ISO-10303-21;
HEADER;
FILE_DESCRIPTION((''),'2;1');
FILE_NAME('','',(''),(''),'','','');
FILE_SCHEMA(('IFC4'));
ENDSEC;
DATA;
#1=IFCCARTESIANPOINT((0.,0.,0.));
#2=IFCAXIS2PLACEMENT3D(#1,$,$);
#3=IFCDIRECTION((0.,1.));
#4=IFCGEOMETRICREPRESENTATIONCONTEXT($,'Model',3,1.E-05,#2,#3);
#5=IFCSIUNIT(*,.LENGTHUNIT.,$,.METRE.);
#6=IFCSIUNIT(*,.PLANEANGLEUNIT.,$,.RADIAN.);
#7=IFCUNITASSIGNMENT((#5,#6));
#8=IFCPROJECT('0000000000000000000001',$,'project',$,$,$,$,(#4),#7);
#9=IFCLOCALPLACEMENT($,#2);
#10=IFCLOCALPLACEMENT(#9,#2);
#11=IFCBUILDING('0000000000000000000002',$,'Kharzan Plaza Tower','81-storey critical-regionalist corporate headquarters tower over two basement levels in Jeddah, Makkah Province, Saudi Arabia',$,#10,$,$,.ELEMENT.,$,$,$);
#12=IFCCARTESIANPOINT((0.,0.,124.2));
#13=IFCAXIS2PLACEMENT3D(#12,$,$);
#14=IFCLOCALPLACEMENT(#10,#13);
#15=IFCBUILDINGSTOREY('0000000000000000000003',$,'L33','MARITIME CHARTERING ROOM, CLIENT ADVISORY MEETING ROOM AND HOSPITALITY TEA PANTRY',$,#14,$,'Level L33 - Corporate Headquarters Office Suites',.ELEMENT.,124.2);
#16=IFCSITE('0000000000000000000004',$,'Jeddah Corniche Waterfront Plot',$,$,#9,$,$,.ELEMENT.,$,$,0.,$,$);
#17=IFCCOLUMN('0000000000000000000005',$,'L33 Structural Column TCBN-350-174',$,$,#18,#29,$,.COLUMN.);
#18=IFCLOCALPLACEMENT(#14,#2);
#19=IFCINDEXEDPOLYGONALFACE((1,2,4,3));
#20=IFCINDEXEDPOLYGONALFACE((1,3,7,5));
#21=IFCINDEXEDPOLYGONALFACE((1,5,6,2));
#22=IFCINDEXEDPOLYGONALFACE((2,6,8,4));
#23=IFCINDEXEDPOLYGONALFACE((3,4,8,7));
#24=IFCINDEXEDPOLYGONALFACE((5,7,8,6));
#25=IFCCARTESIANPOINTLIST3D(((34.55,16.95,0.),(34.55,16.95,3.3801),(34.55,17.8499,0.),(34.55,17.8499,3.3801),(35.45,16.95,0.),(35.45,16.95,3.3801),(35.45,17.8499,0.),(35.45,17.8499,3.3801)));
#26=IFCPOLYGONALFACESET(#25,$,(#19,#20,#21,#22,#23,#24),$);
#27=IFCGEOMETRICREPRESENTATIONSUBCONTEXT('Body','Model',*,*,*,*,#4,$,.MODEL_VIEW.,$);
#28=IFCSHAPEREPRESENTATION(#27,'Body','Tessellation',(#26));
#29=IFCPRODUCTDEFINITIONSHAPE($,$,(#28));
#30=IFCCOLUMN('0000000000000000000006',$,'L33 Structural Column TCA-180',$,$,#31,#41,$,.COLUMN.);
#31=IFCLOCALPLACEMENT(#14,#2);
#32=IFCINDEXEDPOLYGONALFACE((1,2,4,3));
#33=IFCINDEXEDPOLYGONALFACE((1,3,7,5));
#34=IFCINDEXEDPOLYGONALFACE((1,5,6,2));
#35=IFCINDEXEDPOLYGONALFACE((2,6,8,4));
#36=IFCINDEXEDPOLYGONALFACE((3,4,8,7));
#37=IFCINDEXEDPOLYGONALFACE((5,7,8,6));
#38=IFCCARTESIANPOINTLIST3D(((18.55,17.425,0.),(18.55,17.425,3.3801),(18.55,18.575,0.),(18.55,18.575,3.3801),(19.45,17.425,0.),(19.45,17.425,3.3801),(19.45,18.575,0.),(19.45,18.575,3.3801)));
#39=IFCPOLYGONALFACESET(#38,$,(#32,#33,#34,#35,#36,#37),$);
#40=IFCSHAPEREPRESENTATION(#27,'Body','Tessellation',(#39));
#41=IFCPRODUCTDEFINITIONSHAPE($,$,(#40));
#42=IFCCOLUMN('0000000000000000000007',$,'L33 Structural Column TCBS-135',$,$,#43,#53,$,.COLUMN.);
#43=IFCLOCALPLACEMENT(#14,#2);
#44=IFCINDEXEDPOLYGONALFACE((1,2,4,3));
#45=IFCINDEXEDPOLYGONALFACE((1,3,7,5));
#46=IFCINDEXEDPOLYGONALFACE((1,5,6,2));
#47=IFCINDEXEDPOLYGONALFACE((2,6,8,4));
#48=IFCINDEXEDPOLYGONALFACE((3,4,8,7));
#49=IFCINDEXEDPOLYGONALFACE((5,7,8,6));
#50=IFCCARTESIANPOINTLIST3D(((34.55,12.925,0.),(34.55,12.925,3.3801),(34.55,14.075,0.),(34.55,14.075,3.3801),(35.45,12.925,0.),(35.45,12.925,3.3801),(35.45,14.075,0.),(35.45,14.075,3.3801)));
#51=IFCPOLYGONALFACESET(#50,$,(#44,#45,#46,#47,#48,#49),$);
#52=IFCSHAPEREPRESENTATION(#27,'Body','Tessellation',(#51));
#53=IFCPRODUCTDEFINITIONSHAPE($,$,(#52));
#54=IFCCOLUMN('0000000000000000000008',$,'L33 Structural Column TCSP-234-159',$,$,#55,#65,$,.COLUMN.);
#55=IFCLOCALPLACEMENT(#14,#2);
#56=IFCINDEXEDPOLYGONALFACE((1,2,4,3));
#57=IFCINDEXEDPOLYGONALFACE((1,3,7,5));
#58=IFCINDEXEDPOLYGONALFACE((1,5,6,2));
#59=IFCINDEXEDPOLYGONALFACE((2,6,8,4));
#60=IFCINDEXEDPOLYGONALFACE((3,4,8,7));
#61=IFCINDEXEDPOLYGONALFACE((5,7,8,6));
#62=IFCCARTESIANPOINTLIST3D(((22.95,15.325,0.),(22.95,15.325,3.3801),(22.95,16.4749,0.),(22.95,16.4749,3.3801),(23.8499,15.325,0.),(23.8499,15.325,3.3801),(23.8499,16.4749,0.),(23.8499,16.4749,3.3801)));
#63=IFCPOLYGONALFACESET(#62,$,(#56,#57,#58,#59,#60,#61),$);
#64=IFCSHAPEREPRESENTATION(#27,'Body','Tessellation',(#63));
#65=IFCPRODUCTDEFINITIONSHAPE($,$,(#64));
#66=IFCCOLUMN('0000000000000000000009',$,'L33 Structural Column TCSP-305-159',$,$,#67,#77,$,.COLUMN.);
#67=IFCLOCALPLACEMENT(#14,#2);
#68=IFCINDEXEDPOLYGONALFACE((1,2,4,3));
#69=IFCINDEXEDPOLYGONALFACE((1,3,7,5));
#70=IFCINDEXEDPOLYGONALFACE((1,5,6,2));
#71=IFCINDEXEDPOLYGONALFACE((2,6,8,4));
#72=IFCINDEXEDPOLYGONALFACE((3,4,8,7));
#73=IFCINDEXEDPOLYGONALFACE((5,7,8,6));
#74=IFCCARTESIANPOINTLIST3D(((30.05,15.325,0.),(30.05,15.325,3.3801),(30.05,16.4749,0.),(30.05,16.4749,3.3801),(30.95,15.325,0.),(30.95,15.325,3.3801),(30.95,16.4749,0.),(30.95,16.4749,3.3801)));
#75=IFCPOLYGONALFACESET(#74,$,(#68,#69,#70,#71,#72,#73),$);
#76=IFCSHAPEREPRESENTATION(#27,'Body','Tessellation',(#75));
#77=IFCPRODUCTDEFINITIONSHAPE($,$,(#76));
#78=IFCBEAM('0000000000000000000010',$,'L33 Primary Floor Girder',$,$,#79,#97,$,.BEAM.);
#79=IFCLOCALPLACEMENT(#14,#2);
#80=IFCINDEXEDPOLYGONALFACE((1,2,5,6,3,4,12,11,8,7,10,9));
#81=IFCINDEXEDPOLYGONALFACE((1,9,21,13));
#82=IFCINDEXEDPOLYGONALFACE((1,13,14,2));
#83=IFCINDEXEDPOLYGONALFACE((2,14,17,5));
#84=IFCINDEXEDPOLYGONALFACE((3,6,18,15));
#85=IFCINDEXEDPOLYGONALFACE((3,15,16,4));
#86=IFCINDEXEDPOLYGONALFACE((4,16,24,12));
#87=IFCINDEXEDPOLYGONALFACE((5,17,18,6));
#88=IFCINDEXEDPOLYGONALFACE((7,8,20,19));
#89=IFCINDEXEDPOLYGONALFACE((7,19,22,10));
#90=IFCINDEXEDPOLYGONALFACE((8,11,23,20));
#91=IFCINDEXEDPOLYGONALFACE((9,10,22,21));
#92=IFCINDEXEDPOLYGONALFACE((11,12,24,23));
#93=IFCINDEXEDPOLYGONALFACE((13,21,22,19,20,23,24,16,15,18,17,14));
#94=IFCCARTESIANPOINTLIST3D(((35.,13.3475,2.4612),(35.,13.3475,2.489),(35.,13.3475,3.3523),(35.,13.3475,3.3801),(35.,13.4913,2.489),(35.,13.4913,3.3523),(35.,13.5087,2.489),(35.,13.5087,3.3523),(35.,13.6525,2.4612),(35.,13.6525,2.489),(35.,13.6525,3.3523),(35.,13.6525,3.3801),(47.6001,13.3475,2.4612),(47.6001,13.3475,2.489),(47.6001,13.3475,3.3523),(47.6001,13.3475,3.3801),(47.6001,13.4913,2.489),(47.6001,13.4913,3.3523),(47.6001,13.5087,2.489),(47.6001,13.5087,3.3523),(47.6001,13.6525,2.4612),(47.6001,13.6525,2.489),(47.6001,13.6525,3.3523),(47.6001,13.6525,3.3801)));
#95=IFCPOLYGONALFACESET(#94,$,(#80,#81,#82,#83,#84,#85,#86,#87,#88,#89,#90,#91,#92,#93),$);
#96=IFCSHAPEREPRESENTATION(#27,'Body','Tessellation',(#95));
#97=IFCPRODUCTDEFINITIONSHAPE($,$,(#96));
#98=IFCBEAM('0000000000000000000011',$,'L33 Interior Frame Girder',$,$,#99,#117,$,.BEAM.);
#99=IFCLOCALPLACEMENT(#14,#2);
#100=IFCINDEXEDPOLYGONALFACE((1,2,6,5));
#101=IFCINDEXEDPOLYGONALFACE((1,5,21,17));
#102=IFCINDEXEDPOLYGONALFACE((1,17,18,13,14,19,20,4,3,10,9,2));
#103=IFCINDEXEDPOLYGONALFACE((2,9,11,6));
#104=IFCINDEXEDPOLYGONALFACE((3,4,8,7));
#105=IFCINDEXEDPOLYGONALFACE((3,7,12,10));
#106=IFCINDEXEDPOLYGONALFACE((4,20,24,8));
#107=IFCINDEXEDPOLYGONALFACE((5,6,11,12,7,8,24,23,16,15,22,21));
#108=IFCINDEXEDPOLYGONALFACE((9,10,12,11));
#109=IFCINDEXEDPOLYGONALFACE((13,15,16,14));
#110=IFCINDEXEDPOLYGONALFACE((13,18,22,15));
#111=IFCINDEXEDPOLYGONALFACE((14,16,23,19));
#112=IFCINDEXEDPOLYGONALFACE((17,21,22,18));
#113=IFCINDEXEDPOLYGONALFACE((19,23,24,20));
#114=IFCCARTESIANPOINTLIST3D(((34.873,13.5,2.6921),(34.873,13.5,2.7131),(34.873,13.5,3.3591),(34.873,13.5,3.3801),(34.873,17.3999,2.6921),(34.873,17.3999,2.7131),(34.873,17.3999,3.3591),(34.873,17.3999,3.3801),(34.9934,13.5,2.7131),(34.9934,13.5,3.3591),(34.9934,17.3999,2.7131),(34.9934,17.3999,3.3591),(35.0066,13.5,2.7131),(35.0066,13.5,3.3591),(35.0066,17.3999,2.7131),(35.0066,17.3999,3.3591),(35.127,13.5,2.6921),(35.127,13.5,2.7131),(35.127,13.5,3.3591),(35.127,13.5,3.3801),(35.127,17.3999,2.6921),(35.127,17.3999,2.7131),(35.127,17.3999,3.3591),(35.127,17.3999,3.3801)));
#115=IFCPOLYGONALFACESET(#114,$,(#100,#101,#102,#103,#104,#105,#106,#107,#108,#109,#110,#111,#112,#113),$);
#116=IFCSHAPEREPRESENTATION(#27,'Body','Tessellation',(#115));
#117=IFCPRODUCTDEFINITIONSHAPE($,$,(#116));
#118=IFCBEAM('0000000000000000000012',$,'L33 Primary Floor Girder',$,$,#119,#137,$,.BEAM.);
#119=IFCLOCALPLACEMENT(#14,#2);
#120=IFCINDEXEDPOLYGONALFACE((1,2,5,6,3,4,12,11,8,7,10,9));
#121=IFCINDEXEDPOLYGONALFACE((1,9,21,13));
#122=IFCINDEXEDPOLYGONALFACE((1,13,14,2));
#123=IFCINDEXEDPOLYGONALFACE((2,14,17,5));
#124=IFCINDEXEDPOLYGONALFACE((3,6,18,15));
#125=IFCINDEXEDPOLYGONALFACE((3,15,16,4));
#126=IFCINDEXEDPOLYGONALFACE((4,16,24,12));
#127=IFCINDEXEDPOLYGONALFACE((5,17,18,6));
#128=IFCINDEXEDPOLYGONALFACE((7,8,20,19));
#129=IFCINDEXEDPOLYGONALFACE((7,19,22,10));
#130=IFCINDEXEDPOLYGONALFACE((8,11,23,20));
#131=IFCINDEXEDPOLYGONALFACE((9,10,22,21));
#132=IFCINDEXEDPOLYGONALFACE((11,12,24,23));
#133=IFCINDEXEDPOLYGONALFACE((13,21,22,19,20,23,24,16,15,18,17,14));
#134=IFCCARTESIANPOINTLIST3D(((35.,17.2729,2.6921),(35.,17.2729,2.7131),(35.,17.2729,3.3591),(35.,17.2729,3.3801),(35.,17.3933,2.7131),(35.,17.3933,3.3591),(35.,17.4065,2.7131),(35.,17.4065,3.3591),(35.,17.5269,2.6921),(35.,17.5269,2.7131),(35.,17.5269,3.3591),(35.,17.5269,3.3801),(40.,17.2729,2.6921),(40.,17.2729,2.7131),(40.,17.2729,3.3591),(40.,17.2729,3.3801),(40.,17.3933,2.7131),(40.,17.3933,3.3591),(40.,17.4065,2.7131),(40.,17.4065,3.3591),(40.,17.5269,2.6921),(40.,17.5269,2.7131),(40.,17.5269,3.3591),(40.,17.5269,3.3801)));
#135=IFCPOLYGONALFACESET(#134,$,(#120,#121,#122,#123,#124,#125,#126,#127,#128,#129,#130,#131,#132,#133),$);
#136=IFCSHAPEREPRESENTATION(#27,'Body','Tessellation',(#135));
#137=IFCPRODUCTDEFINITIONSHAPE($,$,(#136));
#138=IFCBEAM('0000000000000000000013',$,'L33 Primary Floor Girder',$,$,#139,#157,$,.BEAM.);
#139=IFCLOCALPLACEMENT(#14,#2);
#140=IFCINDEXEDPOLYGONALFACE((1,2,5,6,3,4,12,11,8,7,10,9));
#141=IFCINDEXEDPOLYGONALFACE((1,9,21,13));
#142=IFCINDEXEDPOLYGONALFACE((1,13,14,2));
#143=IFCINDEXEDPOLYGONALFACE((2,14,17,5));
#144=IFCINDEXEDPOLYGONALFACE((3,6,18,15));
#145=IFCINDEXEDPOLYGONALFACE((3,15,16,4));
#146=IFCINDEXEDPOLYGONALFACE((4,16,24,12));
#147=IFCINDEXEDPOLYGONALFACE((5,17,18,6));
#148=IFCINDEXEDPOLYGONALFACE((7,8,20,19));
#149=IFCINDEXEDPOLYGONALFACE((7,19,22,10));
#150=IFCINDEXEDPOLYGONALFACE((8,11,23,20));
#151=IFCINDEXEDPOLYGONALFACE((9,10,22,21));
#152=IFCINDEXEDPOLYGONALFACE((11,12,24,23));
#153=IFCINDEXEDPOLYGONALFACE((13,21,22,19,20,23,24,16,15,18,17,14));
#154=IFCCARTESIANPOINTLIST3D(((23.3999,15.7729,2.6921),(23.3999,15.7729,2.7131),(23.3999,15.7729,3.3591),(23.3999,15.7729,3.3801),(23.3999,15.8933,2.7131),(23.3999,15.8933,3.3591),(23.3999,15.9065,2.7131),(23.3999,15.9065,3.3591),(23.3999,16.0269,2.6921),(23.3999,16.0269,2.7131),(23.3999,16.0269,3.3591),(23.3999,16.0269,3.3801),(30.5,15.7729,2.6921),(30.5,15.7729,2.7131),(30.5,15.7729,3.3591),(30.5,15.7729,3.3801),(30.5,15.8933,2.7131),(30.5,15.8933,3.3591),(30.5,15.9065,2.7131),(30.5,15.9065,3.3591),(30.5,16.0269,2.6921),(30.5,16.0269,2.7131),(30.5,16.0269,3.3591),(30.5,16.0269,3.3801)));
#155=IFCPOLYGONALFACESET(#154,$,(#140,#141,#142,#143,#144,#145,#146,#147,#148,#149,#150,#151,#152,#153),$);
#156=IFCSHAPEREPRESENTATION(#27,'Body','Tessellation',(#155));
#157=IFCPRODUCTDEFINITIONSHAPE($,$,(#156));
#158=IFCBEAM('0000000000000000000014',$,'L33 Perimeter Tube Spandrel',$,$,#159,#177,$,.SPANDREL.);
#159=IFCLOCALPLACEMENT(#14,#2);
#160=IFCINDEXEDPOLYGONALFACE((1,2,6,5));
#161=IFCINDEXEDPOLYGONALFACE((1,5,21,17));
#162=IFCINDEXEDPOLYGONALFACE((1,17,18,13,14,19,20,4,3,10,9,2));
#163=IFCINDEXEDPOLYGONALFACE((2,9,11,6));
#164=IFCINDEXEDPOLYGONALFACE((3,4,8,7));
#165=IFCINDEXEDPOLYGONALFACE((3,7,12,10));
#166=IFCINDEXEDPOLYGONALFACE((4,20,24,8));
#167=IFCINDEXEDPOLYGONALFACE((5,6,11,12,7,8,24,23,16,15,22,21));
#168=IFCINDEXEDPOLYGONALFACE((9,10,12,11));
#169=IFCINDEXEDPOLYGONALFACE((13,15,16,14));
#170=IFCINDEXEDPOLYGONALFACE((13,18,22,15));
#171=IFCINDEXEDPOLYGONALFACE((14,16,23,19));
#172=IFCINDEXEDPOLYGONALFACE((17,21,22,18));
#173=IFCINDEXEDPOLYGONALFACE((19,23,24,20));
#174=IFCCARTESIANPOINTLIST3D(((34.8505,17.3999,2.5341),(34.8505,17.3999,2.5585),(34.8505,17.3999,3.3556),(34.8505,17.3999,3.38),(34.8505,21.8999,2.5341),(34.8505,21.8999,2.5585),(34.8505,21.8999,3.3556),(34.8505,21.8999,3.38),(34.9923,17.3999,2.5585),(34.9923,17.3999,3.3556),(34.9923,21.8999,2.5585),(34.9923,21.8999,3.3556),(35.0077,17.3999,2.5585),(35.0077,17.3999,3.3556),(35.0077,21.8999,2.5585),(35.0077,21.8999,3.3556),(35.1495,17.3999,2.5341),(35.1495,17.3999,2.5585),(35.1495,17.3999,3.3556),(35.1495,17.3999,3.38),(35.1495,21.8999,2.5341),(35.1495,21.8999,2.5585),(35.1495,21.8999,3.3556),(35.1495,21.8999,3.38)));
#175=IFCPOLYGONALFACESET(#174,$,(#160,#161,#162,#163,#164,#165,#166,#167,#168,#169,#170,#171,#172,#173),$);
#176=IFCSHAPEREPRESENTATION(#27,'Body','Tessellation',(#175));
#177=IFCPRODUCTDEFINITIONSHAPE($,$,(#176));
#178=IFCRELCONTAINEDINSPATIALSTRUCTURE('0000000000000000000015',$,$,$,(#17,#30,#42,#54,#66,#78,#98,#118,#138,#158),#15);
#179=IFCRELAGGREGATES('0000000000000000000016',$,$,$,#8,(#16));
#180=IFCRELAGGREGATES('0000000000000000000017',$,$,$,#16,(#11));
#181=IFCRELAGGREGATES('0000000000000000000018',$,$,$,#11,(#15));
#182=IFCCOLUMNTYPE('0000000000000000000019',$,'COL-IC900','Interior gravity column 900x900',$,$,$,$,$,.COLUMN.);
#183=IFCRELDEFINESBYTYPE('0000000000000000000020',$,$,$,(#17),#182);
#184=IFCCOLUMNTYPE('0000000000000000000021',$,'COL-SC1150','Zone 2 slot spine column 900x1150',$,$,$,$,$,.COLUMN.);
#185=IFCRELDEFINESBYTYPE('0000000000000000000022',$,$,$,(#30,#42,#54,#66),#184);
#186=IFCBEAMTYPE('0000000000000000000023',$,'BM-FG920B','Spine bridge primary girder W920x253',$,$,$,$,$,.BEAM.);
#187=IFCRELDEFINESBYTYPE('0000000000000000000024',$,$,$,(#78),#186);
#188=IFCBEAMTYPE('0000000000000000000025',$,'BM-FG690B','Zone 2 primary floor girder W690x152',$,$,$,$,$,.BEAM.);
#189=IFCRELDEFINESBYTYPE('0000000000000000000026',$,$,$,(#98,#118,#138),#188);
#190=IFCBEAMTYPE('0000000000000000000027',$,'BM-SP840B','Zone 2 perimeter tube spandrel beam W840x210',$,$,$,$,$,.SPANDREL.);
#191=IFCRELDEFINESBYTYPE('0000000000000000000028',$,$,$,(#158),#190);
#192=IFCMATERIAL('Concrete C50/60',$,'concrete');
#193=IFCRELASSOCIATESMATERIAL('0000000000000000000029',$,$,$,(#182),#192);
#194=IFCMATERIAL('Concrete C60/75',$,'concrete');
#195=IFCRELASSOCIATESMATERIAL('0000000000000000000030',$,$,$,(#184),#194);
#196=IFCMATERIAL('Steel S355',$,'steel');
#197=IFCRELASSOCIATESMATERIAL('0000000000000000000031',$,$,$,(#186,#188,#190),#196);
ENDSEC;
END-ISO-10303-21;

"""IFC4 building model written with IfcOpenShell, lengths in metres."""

from ifc_helpers import new_model, si_unit, direction, frame, origin, origin_2d, place, context, subcontext, project, spatial, rectangle, i_section, extrude, source, transform, mapped, material, material_profile, profile_set, type_object, element, save


model = new_model("IFC4")

# Units and contexts
model_context = context("Model", 3, precision=1e-05, world=origin(), true_north=direction((0.0, 1.0)))
body_context = subcontext(model_context, "Body", "Model", "MODEL_VIEW")
ifc_project = project(units=[si_unit("LENGTHUNIT", "METRE"), si_unit("PLANEANGLEUNIT", "RADIAN")], contexts=[model_context])

# Site, building, storey
site_placement = place(None, origin())
site = spatial("IfcSite", under=ifc_project, at=site_placement, Name="Jeddah Corniche Waterfront Plot", CompositionType="ELEMENT", RefElevation=0.0)
building_placement = place(site_placement, origin())
building = spatial("IfcBuilding", under=site, at=building_placement, Name="Kharzan Plaza Tower", Description="81-storey critical-regionalist corporate headquarters tower over two basement levels in Jeddah, Makkah Province, Saudi Arabia", CompositionType="ELEMENT")
storey_placement = place(building_placement, frame((0.0, 0.0, 124.2)))
storey = spatial("IfcBuildingStorey", under=building, at=storey_placement, Name="L33", Description="MARITIME CHARTERING ROOM, CLIENT ADVISORY MEETING ROOM AND HOSPITALITY TEA PANTRY", LongName="Level L33 - Corporate Headquarters Office Suites", CompositionType="ELEMENT", Elevation=124.2)

# Columns
ifc_material_1 = material(Name="Concrete C50/60", Category="concrete")
ifc_material_profile_1 = material_profile(ifc_material_1, rectangle(XDim=0.8999, YDim=0.8999, at=origin_2d()), Name="RC-IC900x900")
ifc_profile_set_1 = profile_set([ifc_material_profile_1], Name="Concrete C50/60")
column_type_1 = type_object("IfcColumnType", Name="COL-IC900", Description="Interior gravity column 900x900", PredefinedType="COLUMN", material=ifc_profile_set_1)
shared_shape_1 = source(origin(), body_context, "Body", "SweptSolid", [
    extrude(rectangle(XDim=0.8999, YDim=0.8999, at=origin_2d()), origin(), (0.0, 0.0, 1.0), 3.3801),
])
column_placement = place(storey_placement, frame((35.0, 17.3999, 0.0), z_axis=(0.0, 0.0, 1.0), x_axis=(1.0, 0.0, 0.0)))
element("IfcColumn", 1, at=column_placement, inside=storey, type_object=column_type_1, Name="L33 Structural Column TCBN-350-174", PredefinedType="COLUMN", context=body_context, shape_type="MappedRepresentation", body=[
    mapped(shared_shape_1, transform((0.0, 0.0, 0.0), x_axis=(1.0, 0.0, 0.0), y_axis=(0.0, 1.0, 0.0), z_axis=(0.0, 0.0, 1.0))),
])
ifc_material_2 = material(Name="Concrete C60/75", Category="concrete")
ifc_material_profile_2 = material_profile(ifc_material_2, rectangle(XDim=0.8999, YDim=1.1499, at=origin_2d()), Name="RC-SC1150x900")
ifc_profile_set_2 = profile_set([ifc_material_profile_2], Name="Concrete C60/75")
column_type_2 = type_object("IfcColumnType", Name="COL-SC1150", Description="Zone 2 slot spine column 900x1150", PredefinedType="COLUMN", material=ifc_profile_set_2)
shared_shape_2 = source(origin(), body_context, "Body", "SweptSolid", [
    extrude(rectangle(XDim=0.8999, YDim=1.1499, at=origin_2d()), origin(), (0.0, 0.0, 1.0), 3.3801),
])
for number, where, z_axis, x_axis, name in (
    (2, (19.0, 18.0, 0.0), (0.0, 0.0, 1.0), (1.0, 0.0, 0.0), "L33 Structural Column TCA-180"),
    (3, (35.0, 13.5, 0.0), (0.0, 0.0, 1.0), (1.0, 0.0, 0.0), "L33 Structural Column TCBS-135"),
    (4, (23.3999, 15.8999, 0.0), (0.0, 0.0, 1.0), (1.0, 0.0, 0.0), "L33 Structural Column TCSP-234-159"),
    (5, (30.5, 15.8999, 0.0), (0.0, 0.0, 1.0), (1.0, 0.0, 0.0), "L33 Structural Column TCSP-305-159"),
):
    element("IfcColumn", number, at=place(storey_placement, frame(where, z_axis=z_axis, x_axis=x_axis)), inside=storey, type_object=column_type_2, Name=name, PredefinedType="COLUMN", context=body_context, shape_type="MappedRepresentation", body=[
        mapped(shared_shape_2, transform((0.0, 0.0, 0.0), x_axis=(1.0, 0.0, 0.0), y_axis=(0.0, 1.0, 0.0), z_axis=(0.0, 0.0, 1.0))),
    ])

# Beams
ifc_material_3 = material(Name="Steel S355", Category="steel")
ifc_material_profile_3 = material_profile(ifc_material_3, i_section(OverallWidth=0.3049, OverallDepth=0.9189, WebThickness=0.0173, FlangeThickness=0.0278, at=origin_2d()), Name="W920x253")
ifc_profile_set_3 = profile_set([ifc_material_profile_3], Name="Steel S355")
beam_type_1 = type_object("IfcBeamType", Name="BM-FG920B", Description="Spine bridge primary girder W920x253", PredefinedType="BEAM", material=ifc_profile_set_3)
shared_shape_3 = source(origin(), body_context, "Body", "SweptSolid", [
    extrude(i_section(OverallWidth=0.3049, OverallDepth=0.9189, WebThickness=0.0173, FlangeThickness=0.0278, at=origin_2d()), origin(), (0.0, 0.0, 1.0), 12.6001),
])
beam_1_placement = place(storey_placement, frame((35.0, 13.5, 2.9207), z_axis=(1.0, 0.0, 0.0), x_axis=(0.0, 1.0, 0.0)))
element("IfcBeam", 6, at=beam_1_placement, inside=storey, type_object=beam_type_1, Name="L33 Primary Floor Girder", PredefinedType="BEAM", context=body_context, shape_type="MappedRepresentation", body=[
    mapped(shared_shape_3, transform((0.0, 0.0, 0.0), x_axis=(1.0, 0.0, 0.0), y_axis=(0.0, 1.0, 0.0), z_axis=(0.0, 0.0, 1.0))),
])
ifc_material_profile_4 = material_profile(ifc_material_3, i_section(OverallWidth=0.2539, OverallDepth=0.688, WebThickness=0.0132, FlangeThickness=0.021, at=origin_2d()), Name="W690x152")
ifc_profile_set_4 = profile_set([ifc_material_profile_4], Name="Steel S355")
beam_type_2 = type_object("IfcBeamType", Name="BM-FG690B", Description="Zone 2 primary floor girder W690x152", PredefinedType="BEAM", material=ifc_profile_set_4)
shared_shape_4 = source(origin(), body_context, "Body", "SweptSolid", [
    extrude(i_section(OverallWidth=0.2539, OverallDepth=0.688, WebThickness=0.0132, FlangeThickness=0.021, at=origin_2d()), origin(), (0.0, 0.0, 1.0), 3.8999),
])
beam_2_placement = place(storey_placement, frame((35.0, 13.5, 3.0361), z_axis=(0.0, 1.0, 0.0), x_axis=(-1.0, 0.0, 0.0)))
element("IfcBeam", 7, at=beam_2_placement, inside=storey, type_object=beam_type_2, Name="L33 Interior Frame Girder", PredefinedType="BEAM", context=body_context, shape_type="MappedRepresentation", body=[
    mapped(shared_shape_4, transform((0.0, 0.0, 0.0), x_axis=(1.0, 0.0, 0.0), y_axis=(0.0, 1.0, 0.0), z_axis=(0.0, 0.0, 1.0))),
])
shared_shape_5 = source(origin(), body_context, "Body", "SweptSolid", [
    extrude(i_section(OverallWidth=0.2539, OverallDepth=0.688, WebThickness=0.0132, FlangeThickness=0.021, at=origin_2d()), origin(), (0.0, 0.0, 1.0), 5.0),
])
beam_3_placement = place(storey_placement, frame((35.0, 17.3999, 3.0361), z_axis=(1.0, 0.0, 0.0), x_axis=(0.0, 1.0, 0.0)))
element("IfcBeam", 8, at=beam_3_placement, inside=storey, type_object=beam_type_2, Name="L33 Primary Floor Girder", PredefinedType="BEAM", context=body_context, shape_type="MappedRepresentation", body=[
    mapped(shared_shape_5, transform((0.0, 0.0, 0.0), x_axis=(1.0, 0.0, 0.0), y_axis=(0.0, 1.0, 0.0), z_axis=(0.0, 0.0, 1.0))),
])
shared_shape_6 = source(origin(), body_context, "Body", "SweptSolid", [
    extrude(i_section(OverallWidth=0.2539, OverallDepth=0.688, WebThickness=0.0132, FlangeThickness=0.021, at=origin_2d()), origin(), (0.0, 0.0, 1.0), 7.1001),
])
beam_4_placement = place(storey_placement, frame((23.3999, 15.8999, 3.0361), z_axis=(1.0, 0.0, 0.0), x_axis=(0.0, 1.0, 0.0)))
element("IfcBeam", 9, at=beam_4_placement, inside=storey, type_object=beam_type_2, Name="L33 Primary Floor Girder", PredefinedType="BEAM", context=body_context, shape_type="MappedRepresentation", body=[
    mapped(shared_shape_6, transform((0.0, 0.0, 0.0), x_axis=(1.0, 0.0, 0.0), y_axis=(0.0, 1.0, 0.0), z_axis=(0.0, 0.0, 1.0))),
])
ifc_material_profile_5 = material_profile(ifc_material_3, i_section(OverallWidth=0.2991, OverallDepth=0.8459, WebThickness=0.0154, FlangeThickness=0.0244, at=origin_2d()), Name="W840x210")
ifc_profile_set_5 = profile_set([ifc_material_profile_5], Name="Steel S355")
beam_type_3 = type_object("IfcBeamType", Name="BM-SP840B", Description="Zone 2 perimeter tube spandrel beam W840x210", PredefinedType="SPANDREL", material=ifc_profile_set_5)
shared_shape_7 = source(origin(), body_context, "Body", "SweptSolid", [
    extrude(i_section(OverallWidth=0.2991, OverallDepth=0.8459, WebThickness=0.0154, FlangeThickness=0.0244, at=origin_2d()), origin(), (0.0, 0.0, 1.0), 4.5),
])
beam_5_placement = place(storey_placement, frame((35.0, 17.3999, 2.957), z_axis=(0.0, 1.0, 0.0), x_axis=(-1.0, 0.0, 0.0)))
element("IfcBeam", 10, at=beam_5_placement, inside=storey, type_object=beam_type_3, Name="L33 Perimeter Tube Spandrel", PredefinedType="SPANDREL", context=body_context, shape_type="MappedRepresentation", body=[
    mapped(shared_shape_7, transform((0.0, 0.0, 0.0), x_axis=(1.0, 0.0, 0.0), y_axis=(0.0, 1.0, 0.0), z_axis=(0.0, 0.0, 1.0))),
])

save(model, "model.ifc")
